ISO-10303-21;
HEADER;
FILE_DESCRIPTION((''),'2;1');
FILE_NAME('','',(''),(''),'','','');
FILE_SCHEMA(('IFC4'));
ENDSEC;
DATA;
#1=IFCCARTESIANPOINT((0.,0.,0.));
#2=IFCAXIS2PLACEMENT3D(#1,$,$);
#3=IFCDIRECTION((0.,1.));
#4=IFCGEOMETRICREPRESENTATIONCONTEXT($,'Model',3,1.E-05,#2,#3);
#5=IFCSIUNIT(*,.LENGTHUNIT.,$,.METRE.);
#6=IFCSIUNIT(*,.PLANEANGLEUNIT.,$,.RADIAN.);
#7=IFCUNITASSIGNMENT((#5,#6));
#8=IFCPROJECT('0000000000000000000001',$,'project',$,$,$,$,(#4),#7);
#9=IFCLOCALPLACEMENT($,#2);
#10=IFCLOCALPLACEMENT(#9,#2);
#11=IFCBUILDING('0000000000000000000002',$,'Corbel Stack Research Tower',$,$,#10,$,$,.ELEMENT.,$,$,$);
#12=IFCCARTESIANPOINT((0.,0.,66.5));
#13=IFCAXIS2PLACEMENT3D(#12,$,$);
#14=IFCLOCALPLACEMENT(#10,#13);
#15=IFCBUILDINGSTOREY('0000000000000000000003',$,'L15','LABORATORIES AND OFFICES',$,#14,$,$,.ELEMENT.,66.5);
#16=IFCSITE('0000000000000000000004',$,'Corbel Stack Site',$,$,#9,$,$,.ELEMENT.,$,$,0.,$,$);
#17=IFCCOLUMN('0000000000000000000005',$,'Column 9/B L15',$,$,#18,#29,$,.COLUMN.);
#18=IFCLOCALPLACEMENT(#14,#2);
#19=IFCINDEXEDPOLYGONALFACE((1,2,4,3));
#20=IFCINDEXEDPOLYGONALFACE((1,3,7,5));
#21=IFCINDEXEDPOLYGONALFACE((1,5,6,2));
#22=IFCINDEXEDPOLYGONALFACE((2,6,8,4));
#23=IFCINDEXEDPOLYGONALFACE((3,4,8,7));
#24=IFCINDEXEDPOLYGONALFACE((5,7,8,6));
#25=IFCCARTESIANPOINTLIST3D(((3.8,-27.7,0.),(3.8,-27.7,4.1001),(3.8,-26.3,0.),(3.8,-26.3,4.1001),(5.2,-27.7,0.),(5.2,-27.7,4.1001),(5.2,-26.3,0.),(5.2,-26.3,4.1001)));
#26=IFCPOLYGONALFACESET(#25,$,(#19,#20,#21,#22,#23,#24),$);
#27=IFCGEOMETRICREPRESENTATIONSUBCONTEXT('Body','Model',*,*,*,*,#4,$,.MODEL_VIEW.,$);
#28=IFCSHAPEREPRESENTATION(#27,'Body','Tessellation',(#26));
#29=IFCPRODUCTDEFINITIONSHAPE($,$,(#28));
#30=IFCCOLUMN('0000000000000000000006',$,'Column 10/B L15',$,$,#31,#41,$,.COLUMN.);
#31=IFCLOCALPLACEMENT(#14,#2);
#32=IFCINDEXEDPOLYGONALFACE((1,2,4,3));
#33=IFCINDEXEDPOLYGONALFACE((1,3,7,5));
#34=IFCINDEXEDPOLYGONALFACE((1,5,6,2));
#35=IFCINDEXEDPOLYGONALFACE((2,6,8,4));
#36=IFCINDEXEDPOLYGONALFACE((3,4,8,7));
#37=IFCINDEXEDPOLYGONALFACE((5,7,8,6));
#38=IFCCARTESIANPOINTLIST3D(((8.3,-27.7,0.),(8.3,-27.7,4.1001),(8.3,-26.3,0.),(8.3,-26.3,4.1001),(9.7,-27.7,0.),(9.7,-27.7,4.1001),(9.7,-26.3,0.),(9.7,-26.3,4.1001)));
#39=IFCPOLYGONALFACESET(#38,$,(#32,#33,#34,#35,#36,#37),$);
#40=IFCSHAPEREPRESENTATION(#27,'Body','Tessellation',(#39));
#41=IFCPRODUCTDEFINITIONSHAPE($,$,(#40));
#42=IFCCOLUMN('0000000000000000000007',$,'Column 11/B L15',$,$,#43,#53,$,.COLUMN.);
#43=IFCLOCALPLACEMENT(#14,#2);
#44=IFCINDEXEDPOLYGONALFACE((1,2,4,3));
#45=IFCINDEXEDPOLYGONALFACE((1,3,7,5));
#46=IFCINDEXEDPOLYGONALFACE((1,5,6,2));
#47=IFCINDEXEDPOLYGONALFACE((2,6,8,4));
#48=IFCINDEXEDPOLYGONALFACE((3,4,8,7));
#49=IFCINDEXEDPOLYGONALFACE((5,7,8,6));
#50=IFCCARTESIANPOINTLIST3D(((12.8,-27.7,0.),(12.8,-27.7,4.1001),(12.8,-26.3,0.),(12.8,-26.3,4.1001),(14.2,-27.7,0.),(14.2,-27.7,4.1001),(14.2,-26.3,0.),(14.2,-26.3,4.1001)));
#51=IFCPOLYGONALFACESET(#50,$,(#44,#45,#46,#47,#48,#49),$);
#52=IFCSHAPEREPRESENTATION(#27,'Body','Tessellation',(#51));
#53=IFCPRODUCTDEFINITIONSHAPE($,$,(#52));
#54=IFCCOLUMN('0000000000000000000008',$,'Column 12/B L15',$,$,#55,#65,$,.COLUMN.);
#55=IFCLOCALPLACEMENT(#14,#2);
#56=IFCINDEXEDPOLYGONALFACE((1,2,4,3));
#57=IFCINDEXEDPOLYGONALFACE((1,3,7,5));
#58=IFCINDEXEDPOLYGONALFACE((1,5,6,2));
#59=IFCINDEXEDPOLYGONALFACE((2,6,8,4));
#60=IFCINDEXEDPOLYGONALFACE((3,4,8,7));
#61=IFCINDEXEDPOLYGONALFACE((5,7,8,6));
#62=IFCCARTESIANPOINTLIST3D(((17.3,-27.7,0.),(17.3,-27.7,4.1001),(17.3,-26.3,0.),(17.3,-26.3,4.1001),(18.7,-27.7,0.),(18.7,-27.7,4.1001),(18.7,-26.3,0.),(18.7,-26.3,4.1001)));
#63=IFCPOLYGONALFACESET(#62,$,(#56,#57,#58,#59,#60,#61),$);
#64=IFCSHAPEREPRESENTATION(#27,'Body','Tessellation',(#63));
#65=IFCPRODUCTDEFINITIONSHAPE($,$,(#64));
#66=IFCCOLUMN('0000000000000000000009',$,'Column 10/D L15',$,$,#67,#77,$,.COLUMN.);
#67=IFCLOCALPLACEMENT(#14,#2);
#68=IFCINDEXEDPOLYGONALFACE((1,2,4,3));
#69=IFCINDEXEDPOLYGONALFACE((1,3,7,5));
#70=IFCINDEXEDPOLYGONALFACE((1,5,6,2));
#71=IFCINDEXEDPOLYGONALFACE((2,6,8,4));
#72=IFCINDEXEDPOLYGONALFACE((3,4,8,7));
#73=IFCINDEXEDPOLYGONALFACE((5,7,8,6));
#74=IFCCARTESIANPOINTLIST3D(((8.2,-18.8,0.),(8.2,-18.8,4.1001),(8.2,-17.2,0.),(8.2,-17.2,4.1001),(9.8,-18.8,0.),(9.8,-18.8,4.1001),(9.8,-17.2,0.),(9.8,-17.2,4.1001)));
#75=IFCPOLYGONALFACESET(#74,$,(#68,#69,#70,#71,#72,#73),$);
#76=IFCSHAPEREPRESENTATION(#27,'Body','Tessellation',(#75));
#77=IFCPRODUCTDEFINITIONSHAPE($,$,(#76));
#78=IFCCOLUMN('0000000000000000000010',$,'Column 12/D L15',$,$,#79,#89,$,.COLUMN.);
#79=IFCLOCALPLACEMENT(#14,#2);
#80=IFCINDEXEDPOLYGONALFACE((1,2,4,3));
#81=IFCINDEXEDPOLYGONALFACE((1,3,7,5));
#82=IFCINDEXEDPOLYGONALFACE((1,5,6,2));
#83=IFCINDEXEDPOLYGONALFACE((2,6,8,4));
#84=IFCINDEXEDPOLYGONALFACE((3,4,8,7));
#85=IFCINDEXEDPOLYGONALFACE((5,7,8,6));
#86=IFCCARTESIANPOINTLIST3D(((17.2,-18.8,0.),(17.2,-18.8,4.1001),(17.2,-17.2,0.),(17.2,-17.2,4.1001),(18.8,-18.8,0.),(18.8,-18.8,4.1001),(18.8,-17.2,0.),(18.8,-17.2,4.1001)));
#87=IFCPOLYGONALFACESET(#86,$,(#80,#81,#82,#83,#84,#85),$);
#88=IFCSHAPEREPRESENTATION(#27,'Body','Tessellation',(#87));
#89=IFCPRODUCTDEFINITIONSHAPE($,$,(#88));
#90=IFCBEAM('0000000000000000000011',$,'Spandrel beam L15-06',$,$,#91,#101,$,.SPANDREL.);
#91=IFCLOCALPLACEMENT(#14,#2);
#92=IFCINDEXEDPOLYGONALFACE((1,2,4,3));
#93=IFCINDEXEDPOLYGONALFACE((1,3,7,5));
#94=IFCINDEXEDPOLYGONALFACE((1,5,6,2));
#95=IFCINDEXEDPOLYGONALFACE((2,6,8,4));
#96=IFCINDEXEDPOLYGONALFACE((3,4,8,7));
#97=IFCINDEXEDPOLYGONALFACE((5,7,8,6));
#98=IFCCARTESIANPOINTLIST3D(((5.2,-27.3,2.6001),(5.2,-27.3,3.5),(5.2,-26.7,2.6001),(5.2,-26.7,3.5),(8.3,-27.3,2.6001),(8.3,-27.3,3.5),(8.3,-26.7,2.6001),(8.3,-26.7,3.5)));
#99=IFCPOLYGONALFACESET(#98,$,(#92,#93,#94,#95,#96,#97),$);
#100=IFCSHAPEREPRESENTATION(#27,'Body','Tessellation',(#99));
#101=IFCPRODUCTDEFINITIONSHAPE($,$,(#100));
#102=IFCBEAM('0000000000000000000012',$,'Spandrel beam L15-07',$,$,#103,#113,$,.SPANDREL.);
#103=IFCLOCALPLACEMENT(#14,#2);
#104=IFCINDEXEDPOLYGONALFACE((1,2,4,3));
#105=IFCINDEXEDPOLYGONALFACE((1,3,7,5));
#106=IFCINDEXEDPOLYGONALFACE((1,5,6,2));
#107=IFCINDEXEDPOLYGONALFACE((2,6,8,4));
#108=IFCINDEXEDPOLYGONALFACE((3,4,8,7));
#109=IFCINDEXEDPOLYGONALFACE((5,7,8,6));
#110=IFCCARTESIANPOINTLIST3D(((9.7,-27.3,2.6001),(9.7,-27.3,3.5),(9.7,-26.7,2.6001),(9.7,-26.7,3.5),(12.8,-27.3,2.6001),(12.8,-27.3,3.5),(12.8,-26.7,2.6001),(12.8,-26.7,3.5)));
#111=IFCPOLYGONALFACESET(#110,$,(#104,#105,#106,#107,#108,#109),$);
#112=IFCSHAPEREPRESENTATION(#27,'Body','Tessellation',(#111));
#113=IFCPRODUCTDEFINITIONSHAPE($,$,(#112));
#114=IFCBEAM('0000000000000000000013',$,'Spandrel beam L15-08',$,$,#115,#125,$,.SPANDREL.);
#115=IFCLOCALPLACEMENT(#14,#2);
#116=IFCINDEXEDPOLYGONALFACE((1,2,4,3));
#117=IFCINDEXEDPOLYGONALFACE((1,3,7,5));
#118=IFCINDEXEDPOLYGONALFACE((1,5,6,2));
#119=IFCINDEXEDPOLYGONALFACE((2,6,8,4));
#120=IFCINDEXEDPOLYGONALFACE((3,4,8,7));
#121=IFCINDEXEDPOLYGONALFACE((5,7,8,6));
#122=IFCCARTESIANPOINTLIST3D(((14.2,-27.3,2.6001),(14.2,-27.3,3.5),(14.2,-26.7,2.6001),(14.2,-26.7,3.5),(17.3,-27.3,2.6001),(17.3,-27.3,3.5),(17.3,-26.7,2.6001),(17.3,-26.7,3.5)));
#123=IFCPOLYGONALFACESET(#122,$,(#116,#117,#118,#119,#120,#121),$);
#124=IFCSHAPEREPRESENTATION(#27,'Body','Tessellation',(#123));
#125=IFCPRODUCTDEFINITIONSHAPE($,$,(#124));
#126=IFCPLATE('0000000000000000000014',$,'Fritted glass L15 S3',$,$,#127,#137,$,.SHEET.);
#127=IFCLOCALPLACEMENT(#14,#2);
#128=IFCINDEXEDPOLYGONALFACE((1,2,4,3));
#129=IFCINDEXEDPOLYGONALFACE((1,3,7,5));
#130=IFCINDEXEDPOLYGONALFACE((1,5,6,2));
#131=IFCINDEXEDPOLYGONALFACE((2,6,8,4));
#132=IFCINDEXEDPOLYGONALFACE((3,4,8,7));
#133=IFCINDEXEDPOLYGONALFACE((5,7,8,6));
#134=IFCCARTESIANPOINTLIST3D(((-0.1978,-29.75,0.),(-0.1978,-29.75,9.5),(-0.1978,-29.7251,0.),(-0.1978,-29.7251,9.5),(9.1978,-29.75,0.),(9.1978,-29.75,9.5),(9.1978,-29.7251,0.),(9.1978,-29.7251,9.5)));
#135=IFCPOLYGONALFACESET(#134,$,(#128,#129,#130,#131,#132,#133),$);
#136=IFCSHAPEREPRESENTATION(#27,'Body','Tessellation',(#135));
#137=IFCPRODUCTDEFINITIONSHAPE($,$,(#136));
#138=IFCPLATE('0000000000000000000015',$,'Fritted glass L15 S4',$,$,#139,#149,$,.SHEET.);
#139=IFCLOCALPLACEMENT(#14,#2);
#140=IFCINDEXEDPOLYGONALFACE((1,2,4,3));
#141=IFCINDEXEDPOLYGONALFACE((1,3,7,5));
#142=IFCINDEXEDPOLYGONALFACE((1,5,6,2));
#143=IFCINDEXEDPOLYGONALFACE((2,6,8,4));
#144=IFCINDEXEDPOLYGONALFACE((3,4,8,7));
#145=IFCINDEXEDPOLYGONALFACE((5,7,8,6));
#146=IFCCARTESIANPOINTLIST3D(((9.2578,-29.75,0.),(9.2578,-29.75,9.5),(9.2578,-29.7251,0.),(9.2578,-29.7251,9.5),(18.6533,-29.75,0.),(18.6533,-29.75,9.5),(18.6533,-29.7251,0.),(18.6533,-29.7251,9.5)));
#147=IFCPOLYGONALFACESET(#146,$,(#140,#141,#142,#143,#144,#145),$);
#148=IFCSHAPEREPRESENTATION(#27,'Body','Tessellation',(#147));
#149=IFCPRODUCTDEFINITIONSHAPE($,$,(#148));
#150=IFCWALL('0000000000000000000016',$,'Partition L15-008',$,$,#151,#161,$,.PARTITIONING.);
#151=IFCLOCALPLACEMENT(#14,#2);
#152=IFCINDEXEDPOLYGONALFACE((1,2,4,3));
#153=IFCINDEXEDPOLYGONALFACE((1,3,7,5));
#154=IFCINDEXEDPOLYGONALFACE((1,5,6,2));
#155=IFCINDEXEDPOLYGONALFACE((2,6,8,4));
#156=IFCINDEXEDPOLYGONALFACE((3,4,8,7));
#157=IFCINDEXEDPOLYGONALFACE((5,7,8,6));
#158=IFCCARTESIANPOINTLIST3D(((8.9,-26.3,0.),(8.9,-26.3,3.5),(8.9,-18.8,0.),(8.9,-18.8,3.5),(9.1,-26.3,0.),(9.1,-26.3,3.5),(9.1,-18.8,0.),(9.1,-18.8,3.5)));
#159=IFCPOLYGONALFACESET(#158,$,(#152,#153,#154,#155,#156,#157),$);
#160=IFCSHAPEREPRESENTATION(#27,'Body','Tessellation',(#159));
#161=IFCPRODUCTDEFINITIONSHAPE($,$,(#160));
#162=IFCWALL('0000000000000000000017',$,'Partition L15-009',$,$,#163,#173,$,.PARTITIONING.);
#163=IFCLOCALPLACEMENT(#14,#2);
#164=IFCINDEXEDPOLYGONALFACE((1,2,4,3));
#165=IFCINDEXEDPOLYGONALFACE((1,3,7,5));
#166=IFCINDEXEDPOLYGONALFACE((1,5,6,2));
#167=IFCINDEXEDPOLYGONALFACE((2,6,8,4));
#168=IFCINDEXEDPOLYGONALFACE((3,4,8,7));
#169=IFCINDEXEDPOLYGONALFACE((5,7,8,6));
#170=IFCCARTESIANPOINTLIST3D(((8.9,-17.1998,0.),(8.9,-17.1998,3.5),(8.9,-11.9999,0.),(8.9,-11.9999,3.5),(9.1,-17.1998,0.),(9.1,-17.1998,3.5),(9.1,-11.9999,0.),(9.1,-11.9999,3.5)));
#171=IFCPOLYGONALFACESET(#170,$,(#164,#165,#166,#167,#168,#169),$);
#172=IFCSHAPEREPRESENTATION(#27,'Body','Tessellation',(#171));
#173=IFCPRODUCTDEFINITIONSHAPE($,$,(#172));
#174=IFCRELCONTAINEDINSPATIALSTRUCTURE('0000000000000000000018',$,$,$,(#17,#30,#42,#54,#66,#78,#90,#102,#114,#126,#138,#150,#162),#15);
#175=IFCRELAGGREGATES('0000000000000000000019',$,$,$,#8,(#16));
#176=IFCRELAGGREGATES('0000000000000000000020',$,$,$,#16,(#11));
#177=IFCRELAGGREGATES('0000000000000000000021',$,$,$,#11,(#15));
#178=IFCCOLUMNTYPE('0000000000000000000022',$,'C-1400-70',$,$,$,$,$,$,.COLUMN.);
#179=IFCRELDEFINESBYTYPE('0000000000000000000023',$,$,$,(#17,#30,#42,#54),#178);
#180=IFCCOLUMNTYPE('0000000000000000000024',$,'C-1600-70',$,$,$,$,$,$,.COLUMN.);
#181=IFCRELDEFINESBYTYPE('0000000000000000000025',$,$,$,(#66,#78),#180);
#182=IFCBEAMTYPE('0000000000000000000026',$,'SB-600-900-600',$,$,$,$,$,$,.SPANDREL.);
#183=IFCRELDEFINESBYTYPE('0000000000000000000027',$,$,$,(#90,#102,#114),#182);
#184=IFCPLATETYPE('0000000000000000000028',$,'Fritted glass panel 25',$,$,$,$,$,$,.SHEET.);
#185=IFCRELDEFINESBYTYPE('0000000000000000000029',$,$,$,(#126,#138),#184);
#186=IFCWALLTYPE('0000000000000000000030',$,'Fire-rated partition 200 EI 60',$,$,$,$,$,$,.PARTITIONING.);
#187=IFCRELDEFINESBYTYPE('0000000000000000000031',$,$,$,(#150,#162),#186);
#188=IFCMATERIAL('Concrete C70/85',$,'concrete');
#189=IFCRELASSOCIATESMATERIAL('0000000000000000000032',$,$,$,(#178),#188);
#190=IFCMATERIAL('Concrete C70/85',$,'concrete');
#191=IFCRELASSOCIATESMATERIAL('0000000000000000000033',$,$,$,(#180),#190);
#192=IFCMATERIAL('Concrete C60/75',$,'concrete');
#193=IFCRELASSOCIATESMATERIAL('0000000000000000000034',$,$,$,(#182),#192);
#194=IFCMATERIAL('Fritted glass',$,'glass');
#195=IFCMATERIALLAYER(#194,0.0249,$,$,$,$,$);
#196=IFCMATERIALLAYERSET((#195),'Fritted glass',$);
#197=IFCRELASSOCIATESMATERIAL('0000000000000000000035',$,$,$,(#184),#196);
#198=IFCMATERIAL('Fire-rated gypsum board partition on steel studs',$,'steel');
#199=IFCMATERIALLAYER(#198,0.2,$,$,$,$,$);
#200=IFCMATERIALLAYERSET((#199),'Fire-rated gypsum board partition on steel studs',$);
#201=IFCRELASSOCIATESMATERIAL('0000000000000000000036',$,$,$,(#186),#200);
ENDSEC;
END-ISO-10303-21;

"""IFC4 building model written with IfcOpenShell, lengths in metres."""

from ifc_helpers import new_model, si_unit, direction, frame, frame_2d, origin, origin_2d, place, context, subcontext, project, spatial, rectangle, extrude, material, layer, layer_set, material_profile, profile_set, type_object, element, save


model = new_model("IFC4")

# Units and contexts
model_context = context("Model", 3, precision=1e-05, world=origin(), true_north=direction((0.0, 1.0)))
body_context = subcontext(model_context, "Body", "Model", "MODEL_VIEW")
ifc_project = project(units=[si_unit("LENGTHUNIT", "METRE"), si_unit("PLANEANGLEUNIT", "RADIAN")], contexts=[model_context])

# Site, building, storey
site_placement = place(None, origin())
site = spatial("IfcSite", under=ifc_project, at=site_placement, Name="Corbel Stack Site", CompositionType="ELEMENT", RefElevation=0.0)
building_placement = place(site_placement, origin())
building = spatial("IfcBuilding", under=site, at=building_placement, Name="Corbel Stack Research Tower", CompositionType="ELEMENT")
storey_placement = place(building_placement, frame((0.0, 0.0, 66.5)))
storey = spatial("IfcBuildingStorey", under=building, at=storey_placement, Name="L15", Description="LABORATORIES AND OFFICES", CompositionType="ELEMENT", Elevation=66.5)

# Columns
ifc_material_1 = material(Name="Concrete C70/85", Category="concrete")
ifc_material_profile_1 = material_profile(ifc_material_1, rectangle(XDim=1.3999, YDim=1.3999, at=origin_2d()), Name="RC 1400 x 1400")
ifc_profile_set_1 = profile_set([ifc_material_profile_1], Name="Concrete C70/85")
column_type_1 = type_object("IfcColumnType", Name="C-1400-70", PredefinedType="COLUMN", material=ifc_profile_set_1)
for number, where, z_axis, x_axis, name in (
    (1, (4.5, -27.0, 0.0), (0.0, 0.0, 1.0), (1.0, 0.0, 0.0), "Column 9/B L15"),
    (2, (9.0, -27.0, 0.0), (0.0, 0.0, 1.0), (1.0, 0.0, 0.0), "Column 10/B L15"),
    (3, (13.5, -27.0, 0.0), (0.0, 0.0, 1.0), (1.0, 0.0, 0.0), "Column 11/B L15"),
    (4, (18.0, -27.0, 0.0), (0.0, 0.0, 1.0), (1.0, 0.0, 0.0), "Column 12/B L15"),
):
    element("IfcColumn", number, at=place(storey_placement, frame(where, z_axis=z_axis, x_axis=x_axis)), inside=storey, type_object=column_type_1, Name=name, PredefinedType="COLUMN", context=body_context, shape_type="SweptSolid", body=[
        extrude(rectangle(XDim=1.3999, YDim=1.3999, at=origin_2d()), origin(), (0.0, 0.0, 1.0), 4.1001),
    ])
ifc_material_2 = material(Name="Concrete C70/85", Category="concrete")
ifc_material_profile_2 = material_profile(ifc_material_2, rectangle(XDim=1.6001, YDim=1.6001, at=origin_2d()), Name="RC 1600 x 1600")
ifc_profile_set_2 = profile_set([ifc_material_profile_2], Name="Concrete C70/85")
column_type_2 = type_object("IfcColumnType", Name="C-1600-70", PredefinedType="COLUMN", material=ifc_profile_set_2)
for number, where, z_axis, x_axis, name in (
    (5, (9.0, -18.0, 0.0), (0.0, 0.0, 1.0), (1.0, 0.0, 0.0), "Column 10/D L15"),
    (6, (18.0, -18.0, 0.0), (0.0, 0.0, 1.0), (1.0, 0.0, 0.0), "Column 12/D L15"),
):
    element("IfcColumn", number, at=place(storey_placement, frame(where, z_axis=z_axis, x_axis=x_axis)), inside=storey, type_object=column_type_2, Name=name, PredefinedType="COLUMN", context=body_context, shape_type="SweptSolid", body=[
        extrude(rectangle(XDim=1.6001, YDim=1.6001, at=origin_2d()), origin(), (0.0, 0.0, 1.0), 4.1001),
    ])

# Beams
ifc_material_3 = material(Name="Concrete C60/75", Category="concrete")
ifc_material_profile_3 = material_profile(ifc_material_3, rectangle(XDim=0.6001, YDim=0.8999, at=origin_2d()), Name="RC 600 x 900")
ifc_profile_set_3 = profile_set([ifc_material_profile_3], Name="Concrete C60/75")
beam_type = type_object("IfcBeamType", Name="SB-600-900-600", PredefinedType="SPANDREL", material=ifc_profile_set_3)
for number, where, z_axis, x_axis, name in (
    (7, (5.2, -27.0, 3.05), (1.0, 0.0, 0.0), (0.0, 1.0, 0.0), "Spandrel beam L15-06"),
    (8, (9.7, -27.0, 3.05), (1.0, 0.0, 0.0), (0.0, 1.0, 0.0), "Spandrel beam L15-07"),
    (9, (14.2, -27.0, 3.05), (1.0, 0.0, 0.0), (0.0, 1.0, 0.0), "Spandrel beam L15-08"),
):
    element("IfcBeam", number, at=place(storey_placement, frame(where, z_axis=z_axis, x_axis=x_axis)), inside=storey, type_object=beam_type, Name=name, PredefinedType="SPANDREL", context=body_context, shape_type="SweptSolid", body=[
        extrude(rectangle(XDim=0.6001, YDim=0.8999, at=origin_2d()), origin(), (0.0, 0.0, 1.0), 3.1001),
    ])

# Plates
ifc_material_4 = material(Name="Fritted glass", Category="glass")
ifc_layer_1 = layer(ifc_material_4, 0.0249)
ifc_layer_set_1 = layer_set([ifc_layer_1], Name="Fritted glass")
plate_type = type_object("IfcPlateType", Name="Fritted glass panel 25", PredefinedType="SHEET", material=ifc_layer_set_1)
for number, where, z_axis, x_axis, name in (
    (10, (4.5, -29.7375, 0.0), (0.0, 0.0, 1.0), (1.0, 0.0, 0.0), "Fritted glass L15 S3"),
    (11, (13.9556, -29.7375, 0.0), (0.0, 0.0, 1.0), (1.0, 0.0, 0.0), "Fritted glass L15 S4"),
):
    element("IfcPlate", number, at=place(storey_placement, frame(where, z_axis=z_axis, x_axis=x_axis)), inside=storey, type_object=plate_type, Name=name, PredefinedType="SHEET", context=body_context, shape_type="SweptSolid", body=[
        extrude(rectangle(XDim=9.3955, YDim=0.0249, at=origin_2d()), origin(), (0.0, 0.0, 1.0), 9.5),
    ])

# Walls
ifc_material_5 = material(Name="Fire-rated gypsum board partition on steel studs", Category="steel")
ifc_layer_2 = layer(ifc_material_5, 0.2)
ifc_layer_set_2 = layer_set([ifc_layer_2], Name="Fire-rated gypsum board partition on steel studs")
wall_type_1 = type_object("IfcWallType", Name="Fire-rated partition 200 EI 60", PredefinedType="PARTITIONING", material=ifc_layer_set_2)
wall_1_placement = place(storey_placement, frame((9.0, -26.3, 0.0), z_axis=(0.0, 0.0, 1.0), x_axis=(0.0, 1.0, 0.0)))
element("IfcWall", 12, at=wall_1_placement, inside=storey, type_object=wall_type_1, Name="Partition L15-008", PredefinedType="PARTITIONING", context=body_context, shape_type="SweptSolid", body=[
    extrude(rectangle(XDim=7.5, YDim=0.2, at=frame_2d((3.75, 0.0))), origin(), (0.0, 0.0, 1.0), 3.5),
])
wall_2_placement = place(storey_placement, frame((9.0, -17.2, 0.0), z_axis=(0.0, 0.0, 1.0), x_axis=(0.0, 1.0, 0.0)))
element("IfcWall", 13, at=wall_2_placement, inside=storey, type_object=wall_type_1, Name="Partition L15-009", PredefinedType="PARTITIONING", context=body_context, shape_type="SweptSolid", body=[
    extrude(rectangle(XDim=5.2, YDim=0.2, at=frame_2d((2.6001, 0.0))), origin(), (0.0, 0.0, 1.0), 3.5),
])

save(model, "model.ifc")
